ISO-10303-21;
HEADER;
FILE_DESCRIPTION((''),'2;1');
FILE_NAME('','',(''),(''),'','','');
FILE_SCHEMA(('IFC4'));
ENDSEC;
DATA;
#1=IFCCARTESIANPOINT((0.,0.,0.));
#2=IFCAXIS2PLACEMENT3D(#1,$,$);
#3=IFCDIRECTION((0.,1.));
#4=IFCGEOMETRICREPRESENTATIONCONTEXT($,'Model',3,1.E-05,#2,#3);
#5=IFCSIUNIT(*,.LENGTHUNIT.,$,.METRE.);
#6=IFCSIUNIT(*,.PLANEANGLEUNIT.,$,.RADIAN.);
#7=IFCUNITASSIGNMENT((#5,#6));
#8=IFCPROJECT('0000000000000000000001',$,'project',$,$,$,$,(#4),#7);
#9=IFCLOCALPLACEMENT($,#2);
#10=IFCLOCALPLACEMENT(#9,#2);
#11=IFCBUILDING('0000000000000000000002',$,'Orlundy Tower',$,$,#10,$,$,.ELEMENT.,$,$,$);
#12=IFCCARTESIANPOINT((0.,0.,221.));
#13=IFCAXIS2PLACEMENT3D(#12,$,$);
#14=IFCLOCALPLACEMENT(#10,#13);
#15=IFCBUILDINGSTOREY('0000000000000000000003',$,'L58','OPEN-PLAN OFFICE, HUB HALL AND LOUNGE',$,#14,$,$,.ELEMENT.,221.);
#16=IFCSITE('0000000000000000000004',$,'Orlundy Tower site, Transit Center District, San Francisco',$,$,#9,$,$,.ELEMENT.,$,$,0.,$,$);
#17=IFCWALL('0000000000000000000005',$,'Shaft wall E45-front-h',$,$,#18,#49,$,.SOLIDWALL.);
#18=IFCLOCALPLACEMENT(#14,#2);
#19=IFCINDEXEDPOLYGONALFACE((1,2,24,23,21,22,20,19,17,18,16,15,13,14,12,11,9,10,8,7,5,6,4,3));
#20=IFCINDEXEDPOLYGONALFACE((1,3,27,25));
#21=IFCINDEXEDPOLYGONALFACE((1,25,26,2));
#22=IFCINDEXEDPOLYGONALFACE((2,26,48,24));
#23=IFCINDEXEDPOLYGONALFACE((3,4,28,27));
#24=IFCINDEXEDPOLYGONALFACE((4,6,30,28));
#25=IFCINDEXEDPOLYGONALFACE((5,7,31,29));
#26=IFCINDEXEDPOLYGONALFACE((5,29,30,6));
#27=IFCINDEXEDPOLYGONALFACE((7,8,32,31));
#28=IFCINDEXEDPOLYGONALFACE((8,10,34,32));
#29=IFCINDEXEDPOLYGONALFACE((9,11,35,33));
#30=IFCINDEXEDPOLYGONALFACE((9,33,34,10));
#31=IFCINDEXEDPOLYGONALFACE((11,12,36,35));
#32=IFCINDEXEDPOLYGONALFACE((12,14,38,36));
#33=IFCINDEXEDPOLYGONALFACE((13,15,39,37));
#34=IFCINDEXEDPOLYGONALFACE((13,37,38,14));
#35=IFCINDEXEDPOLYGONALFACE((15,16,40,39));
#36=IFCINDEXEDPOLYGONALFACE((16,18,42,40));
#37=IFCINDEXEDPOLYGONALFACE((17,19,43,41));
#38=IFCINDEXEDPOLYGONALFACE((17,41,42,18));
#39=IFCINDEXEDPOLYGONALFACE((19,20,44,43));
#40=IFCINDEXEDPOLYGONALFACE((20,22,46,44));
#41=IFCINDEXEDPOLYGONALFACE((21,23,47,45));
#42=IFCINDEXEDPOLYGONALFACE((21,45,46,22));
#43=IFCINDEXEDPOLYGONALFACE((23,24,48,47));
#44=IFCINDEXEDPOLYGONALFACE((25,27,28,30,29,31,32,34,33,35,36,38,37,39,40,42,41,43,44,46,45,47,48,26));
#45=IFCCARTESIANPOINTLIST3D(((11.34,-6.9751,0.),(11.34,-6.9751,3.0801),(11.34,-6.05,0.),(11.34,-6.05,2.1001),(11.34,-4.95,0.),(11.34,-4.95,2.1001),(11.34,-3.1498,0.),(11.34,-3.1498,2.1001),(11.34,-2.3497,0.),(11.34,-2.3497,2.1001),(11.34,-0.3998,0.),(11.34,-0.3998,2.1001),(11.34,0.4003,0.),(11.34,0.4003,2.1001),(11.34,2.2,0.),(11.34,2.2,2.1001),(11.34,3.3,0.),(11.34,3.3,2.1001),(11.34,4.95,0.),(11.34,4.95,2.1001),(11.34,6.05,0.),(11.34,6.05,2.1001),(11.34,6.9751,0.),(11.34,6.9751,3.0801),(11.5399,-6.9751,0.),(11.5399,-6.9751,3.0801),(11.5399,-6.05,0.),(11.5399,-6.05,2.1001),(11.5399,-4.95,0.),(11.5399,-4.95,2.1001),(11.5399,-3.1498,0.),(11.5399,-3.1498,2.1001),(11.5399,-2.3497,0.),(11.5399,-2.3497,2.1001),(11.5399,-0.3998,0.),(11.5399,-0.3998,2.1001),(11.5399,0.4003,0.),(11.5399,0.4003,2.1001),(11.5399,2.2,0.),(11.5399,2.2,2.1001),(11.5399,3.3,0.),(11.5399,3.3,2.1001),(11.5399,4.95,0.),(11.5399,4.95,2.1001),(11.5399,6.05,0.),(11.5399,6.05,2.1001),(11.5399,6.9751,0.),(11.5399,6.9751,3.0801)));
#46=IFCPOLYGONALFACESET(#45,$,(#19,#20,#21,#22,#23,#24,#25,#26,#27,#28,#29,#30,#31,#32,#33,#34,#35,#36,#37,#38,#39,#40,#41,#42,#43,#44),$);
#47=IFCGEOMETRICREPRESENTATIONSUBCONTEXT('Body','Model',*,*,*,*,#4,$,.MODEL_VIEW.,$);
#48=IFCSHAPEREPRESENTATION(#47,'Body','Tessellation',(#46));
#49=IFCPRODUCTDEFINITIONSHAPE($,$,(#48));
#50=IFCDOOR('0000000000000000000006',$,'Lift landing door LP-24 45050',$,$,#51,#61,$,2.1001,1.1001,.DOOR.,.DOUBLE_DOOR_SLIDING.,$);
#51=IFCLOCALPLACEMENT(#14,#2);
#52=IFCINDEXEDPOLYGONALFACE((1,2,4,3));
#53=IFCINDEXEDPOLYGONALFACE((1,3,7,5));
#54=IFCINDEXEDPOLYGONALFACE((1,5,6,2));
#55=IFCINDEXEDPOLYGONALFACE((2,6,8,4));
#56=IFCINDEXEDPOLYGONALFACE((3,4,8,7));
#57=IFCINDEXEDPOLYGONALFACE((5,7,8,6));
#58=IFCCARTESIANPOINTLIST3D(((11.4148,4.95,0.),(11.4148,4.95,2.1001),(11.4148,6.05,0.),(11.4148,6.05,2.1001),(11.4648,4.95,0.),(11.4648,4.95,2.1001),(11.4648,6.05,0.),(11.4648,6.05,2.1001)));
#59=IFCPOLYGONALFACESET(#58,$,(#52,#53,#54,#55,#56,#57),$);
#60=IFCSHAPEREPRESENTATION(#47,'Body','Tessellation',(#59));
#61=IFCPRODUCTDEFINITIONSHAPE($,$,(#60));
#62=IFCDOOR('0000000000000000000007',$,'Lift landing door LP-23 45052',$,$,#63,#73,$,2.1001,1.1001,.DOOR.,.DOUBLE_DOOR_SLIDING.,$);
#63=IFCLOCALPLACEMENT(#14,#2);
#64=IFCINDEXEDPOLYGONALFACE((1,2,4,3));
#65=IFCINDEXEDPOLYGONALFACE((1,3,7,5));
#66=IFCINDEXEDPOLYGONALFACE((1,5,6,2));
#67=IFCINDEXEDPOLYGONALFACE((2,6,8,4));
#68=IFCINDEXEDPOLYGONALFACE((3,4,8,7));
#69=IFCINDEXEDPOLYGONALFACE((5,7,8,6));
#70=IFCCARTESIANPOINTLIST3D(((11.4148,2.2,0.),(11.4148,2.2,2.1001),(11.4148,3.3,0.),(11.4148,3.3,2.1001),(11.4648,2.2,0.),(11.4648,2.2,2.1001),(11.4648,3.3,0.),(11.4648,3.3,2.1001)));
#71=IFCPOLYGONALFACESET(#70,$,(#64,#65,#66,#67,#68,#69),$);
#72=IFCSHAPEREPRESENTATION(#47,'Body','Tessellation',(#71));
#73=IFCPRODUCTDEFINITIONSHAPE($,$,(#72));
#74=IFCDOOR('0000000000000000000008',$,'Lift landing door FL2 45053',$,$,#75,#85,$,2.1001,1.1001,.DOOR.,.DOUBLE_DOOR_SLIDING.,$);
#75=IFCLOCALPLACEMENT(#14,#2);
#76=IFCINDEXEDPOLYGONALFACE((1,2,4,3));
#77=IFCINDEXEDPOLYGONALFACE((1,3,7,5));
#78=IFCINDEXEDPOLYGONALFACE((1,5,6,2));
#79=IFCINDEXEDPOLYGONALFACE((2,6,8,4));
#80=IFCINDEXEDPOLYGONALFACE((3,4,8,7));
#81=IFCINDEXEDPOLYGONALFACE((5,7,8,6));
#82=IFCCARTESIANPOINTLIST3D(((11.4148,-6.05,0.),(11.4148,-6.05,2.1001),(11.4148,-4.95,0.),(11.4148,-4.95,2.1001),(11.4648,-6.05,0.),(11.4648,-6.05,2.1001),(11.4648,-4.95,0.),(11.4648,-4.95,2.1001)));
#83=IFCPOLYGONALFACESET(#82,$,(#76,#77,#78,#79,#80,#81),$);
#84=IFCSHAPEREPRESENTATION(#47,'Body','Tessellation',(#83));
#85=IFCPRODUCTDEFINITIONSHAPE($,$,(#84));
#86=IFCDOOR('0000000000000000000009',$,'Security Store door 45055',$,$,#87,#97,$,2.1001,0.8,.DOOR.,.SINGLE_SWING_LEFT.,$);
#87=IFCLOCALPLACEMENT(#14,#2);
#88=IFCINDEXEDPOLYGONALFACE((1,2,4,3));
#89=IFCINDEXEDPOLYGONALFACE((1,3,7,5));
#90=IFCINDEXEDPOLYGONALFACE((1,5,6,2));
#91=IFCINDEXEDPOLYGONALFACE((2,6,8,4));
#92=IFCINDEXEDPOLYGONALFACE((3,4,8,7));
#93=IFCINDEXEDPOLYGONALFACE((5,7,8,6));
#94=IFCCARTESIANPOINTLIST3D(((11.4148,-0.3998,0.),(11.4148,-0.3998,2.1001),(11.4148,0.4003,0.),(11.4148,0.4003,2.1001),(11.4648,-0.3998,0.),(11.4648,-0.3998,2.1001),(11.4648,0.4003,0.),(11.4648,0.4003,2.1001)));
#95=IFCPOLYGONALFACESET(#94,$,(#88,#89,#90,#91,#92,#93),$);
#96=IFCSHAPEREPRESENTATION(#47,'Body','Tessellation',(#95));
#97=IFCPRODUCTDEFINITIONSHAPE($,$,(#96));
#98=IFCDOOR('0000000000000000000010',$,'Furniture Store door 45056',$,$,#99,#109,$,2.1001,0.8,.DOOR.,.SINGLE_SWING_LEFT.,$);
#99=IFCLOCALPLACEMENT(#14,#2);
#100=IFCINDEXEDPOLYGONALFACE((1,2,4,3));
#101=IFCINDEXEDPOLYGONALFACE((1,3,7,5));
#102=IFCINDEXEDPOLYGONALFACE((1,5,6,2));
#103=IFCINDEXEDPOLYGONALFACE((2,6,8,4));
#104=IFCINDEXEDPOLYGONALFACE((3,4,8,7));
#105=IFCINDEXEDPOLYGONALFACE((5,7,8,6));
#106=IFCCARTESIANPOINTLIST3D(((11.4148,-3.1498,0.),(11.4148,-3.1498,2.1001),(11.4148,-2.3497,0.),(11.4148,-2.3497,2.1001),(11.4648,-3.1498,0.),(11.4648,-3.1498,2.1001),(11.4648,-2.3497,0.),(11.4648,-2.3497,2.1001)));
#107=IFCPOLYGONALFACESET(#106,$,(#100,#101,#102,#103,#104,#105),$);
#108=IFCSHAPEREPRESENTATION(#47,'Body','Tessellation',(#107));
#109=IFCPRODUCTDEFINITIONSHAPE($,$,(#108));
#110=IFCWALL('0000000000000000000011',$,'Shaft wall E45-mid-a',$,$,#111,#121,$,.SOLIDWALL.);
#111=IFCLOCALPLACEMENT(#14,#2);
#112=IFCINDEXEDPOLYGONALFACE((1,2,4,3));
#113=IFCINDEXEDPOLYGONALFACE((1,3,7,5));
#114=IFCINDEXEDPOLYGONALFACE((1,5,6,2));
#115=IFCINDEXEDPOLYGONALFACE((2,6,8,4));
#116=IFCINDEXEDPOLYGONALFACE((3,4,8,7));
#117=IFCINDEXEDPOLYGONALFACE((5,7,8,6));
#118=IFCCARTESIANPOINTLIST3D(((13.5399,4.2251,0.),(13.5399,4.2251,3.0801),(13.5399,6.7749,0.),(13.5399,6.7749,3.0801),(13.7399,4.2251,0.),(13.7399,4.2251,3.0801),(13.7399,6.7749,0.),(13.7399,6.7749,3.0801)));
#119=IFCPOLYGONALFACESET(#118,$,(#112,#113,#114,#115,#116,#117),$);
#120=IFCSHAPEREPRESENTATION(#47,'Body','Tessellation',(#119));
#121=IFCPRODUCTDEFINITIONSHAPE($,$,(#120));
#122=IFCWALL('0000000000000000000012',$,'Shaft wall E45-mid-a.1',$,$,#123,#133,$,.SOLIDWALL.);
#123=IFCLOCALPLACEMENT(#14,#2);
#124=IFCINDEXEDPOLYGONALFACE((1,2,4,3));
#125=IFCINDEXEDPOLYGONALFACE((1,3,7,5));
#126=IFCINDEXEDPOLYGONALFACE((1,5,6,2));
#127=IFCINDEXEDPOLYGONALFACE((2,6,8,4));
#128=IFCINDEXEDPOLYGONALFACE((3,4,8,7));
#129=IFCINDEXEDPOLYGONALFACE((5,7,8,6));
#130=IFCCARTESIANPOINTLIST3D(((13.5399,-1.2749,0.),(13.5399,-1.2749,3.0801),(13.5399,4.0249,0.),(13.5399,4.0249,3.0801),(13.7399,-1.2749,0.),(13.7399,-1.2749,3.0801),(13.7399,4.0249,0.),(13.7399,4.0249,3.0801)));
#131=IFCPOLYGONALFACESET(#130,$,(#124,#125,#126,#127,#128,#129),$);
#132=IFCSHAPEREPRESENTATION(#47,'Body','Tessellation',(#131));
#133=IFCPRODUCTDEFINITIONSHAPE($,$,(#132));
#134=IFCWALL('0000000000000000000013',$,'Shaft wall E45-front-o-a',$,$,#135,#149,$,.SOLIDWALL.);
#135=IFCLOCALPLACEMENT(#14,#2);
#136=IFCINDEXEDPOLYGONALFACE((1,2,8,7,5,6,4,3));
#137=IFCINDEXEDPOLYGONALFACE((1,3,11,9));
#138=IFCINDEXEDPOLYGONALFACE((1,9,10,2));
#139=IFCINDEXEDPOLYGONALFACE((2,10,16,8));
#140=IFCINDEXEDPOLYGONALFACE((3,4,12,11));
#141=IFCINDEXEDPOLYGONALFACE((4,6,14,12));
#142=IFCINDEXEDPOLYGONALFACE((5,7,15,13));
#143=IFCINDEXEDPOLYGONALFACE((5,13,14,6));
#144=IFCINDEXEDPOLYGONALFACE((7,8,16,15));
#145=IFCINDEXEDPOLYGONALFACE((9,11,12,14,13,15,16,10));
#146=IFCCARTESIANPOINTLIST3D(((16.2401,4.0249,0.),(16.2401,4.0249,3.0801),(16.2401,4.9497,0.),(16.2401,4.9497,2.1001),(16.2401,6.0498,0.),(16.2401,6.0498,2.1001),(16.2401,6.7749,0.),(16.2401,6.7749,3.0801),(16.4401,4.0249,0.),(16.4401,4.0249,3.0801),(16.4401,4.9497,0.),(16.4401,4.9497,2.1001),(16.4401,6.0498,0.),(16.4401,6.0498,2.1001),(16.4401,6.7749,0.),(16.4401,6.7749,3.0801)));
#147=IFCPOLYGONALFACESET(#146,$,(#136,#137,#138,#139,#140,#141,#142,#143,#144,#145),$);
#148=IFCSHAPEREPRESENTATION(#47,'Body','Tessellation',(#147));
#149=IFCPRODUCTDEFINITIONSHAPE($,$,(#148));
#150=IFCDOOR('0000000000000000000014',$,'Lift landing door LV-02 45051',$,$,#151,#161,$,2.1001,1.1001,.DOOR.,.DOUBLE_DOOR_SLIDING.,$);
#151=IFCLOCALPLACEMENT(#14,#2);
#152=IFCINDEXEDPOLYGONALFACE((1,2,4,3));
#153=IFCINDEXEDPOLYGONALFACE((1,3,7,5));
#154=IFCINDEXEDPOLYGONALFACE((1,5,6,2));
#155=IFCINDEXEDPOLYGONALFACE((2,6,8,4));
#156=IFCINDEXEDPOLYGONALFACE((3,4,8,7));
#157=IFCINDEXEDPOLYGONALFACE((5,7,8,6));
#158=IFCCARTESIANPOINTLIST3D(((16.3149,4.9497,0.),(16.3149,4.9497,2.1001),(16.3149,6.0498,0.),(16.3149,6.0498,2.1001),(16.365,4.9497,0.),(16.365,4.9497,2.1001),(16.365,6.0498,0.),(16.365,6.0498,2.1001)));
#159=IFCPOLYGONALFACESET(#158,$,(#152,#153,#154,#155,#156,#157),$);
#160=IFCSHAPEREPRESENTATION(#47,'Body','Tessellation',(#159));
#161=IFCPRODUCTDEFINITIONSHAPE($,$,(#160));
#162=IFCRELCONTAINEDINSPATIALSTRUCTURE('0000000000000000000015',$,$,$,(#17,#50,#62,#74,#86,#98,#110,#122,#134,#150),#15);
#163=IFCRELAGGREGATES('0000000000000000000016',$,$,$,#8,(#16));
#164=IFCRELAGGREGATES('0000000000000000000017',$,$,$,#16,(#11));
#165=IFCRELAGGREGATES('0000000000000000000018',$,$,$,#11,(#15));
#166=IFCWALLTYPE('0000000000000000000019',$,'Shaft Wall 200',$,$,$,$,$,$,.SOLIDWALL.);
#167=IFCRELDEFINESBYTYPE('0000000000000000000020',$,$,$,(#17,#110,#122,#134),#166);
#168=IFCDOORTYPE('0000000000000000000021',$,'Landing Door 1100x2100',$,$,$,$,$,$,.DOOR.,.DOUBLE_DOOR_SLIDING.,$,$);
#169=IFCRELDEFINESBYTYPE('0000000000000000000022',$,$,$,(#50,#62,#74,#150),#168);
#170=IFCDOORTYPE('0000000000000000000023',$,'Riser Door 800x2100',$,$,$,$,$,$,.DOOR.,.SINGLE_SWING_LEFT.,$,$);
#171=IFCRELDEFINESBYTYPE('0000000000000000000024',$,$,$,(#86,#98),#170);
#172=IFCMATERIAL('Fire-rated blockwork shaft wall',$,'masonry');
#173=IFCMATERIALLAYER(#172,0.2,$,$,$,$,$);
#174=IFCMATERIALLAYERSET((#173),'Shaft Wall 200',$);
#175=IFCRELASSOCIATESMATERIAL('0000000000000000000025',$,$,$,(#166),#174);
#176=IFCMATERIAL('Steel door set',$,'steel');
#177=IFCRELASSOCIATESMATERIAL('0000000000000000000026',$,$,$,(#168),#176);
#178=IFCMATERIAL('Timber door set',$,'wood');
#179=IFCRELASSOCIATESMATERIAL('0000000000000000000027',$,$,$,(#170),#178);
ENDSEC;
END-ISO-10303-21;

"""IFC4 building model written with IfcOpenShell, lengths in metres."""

from ifc_helpers import new_model, si_unit, direction, frame, frame_2d, origin, place, context, subcontext, project, spatial, rectangle, extrude, material, layer, layer_set, type_object, element, fill, save


model = new_model("IFC4")

# Units and contexts
model_context = context("Model", 3, precision=1e-05, world=origin(), true_north=direction((0.0, 1.0)))
body_context = subcontext(model_context, "Body", "Model", "MODEL_VIEW")
ifc_project = project(units=[si_unit("LENGTHUNIT", "METRE"), si_unit("PLANEANGLEUNIT", "RADIAN")], contexts=[model_context])

# Site, building, storey
site_placement = place(None, origin())
site = spatial("IfcSite", under=ifc_project, at=site_placement, Name="Orlundy Tower site, Transit Center District, San Francisco", CompositionType="ELEMENT", RefElevation=0.0)
building_placement = place(site_placement, origin())
building = spatial("IfcBuilding", under=site, at=building_placement, Name="Orlundy Tower", CompositionType="ELEMENT")
storey_placement = place(building_placement, frame((0.0, 0.0, 221.0)))
storey = spatial("IfcBuildingStorey", under=building, at=storey_placement, Name="L58", Description="OPEN-PLAN OFFICE, HUB HALL AND LOUNGE", CompositionType="ELEMENT", Elevation=221.0)

# Shared definitions
ifc_material_1 = material(Name="Fire-rated blockwork shaft wall", Category="masonry")
ifc_layer_1 = layer(ifc_material_1, 0.2)
ifc_layer_set_1 = layer_set([ifc_layer_1], Name="Shaft Wall 200")
wall_type_1 = type_object("IfcWallType", Name="Shaft Wall 200", PredefinedType="SOLIDWALL", material=ifc_layer_set_1)

# Wall, openings, doors
wall_1_placement = place(storey_placement, frame((11.4399, 6.9751, 0.0), z_axis=(0.0, 0.0, 1.0), x_axis=(0.0, -1.0, 0.0)))
wall_1 = element("IfcWall", 1, at=wall_1_placement, inside=storey, type_object=wall_type_1, Name="Shaft wall E45-front-h", PredefinedType="SOLIDWALL", context=body_context, shape_type="SweptSolid", body=[
    extrude(rectangle(XDim=13.9502, YDim=0.2, at=frame_2d((6.9751, 0.0))), origin(), (0.0, 0.0, 1.0), 3.0801),
])
opening_1_placement = place(wall_1_placement, frame((0.925, 0.0, 0.0)))
opening_1 = element("IfcOpeningElement", 2, at=opening_1_placement, cuts=wall_1, PredefinedType="OPENING", context=body_context, shape_type="SweptSolid", body=[
    extrude(rectangle(XDim=1.1001, YDim=2.1001, at=frame_2d((0.55, 1.05))), frame((0.0, 0.1101, 0.0), z_axis=(0.0, -1.0, 0.0), x_axis=(1.0, 0.0, 0.0)), (0.0, 0.0, 1.0), 0.2202),
])
opening_2_placement = place(wall_1_placement, frame((3.675, 0.0, 0.0)))
opening_2 = element("IfcOpeningElement", 3, at=opening_2_placement, cuts=wall_1, PredefinedType="OPENING", context=body_context, shape_type="SweptSolid", body=[
    extrude(rectangle(XDim=1.1001, YDim=2.1001, at=frame_2d((0.55, 1.05))), frame((0.0, 0.1101, 0.0), z_axis=(0.0, -1.0, 0.0), x_axis=(1.0, 0.0, 0.0)), (0.0, 0.0, 1.0), 0.2202),
])
opening_3_placement = place(wall_1_placement, frame((11.925, 0.0, 0.0)))
opening_3 = element("IfcOpeningElement", 4, at=opening_3_placement, cuts=wall_1, PredefinedType="OPENING", context=body_context, shape_type="SweptSolid", body=[
    extrude(rectangle(XDim=1.1001, YDim=2.1001, at=frame_2d((0.55, 1.05))), frame((0.0, 0.1101, 0.0), z_axis=(0.0, -1.0, 0.0), x_axis=(1.0, 0.0, 0.0)), (0.0, 0.0, 1.0), 0.2202),
])
opening_4_placement = place(wall_1_placement, frame((6.575, 0.0, 0.0)))
opening_4 = element("IfcOpeningElement", 5, at=opening_4_placement, cuts=wall_1, PredefinedType="OPENING", context=body_context, shape_type="SweptSolid", body=[
    extrude(rectangle(XDim=0.8, YDim=2.1001, at=frame_2d((0.3999, 1.05))), frame((0.0, 0.1101, 0.0), z_axis=(0.0, -1.0, 0.0), x_axis=(1.0, 0.0, 0.0)), (0.0, 0.0, 1.0), 0.2202),
])
opening_5_placement = place(wall_1_placement, frame((9.325, 0.0, 0.0)))
opening_5 = element("IfcOpeningElement", 6, at=opening_5_placement, cuts=wall_1, PredefinedType="OPENING", context=body_context, shape_type="SweptSolid", body=[
    extrude(rectangle(XDim=0.8, YDim=2.1001, at=frame_2d((0.3999, 1.05))), frame((0.0, 0.1101, 0.0), z_axis=(0.0, -1.0, 0.0), x_axis=(1.0, 0.0, 0.0)), (0.0, 0.0, 1.0), 0.2202),
])
ifc_material_2 = material(Name="Steel door set", Category="steel")
door_type_1 = type_object("IfcDoorType", Name="Landing Door 1100x2100", OperationType="DOUBLE_DOOR_SLIDING", PredefinedType="DOOR", material=ifc_material_2)
door_1_placement = place(opening_1_placement, origin())
door_1 = element("IfcDoor", 7, at=door_1_placement, inside=storey, type_object=door_type_1, Name="Lift landing door LP-24 45050", OperationType="DOUBLE_DOOR_SLIDING", OverallHeight=2.1001, OverallWidth=1.1001, PredefinedType="DOOR", context=body_context, shape_type="SweptSolid", body=[
    extrude(rectangle(XDim=1.1001, YDim=2.1001, at=frame_2d((0.55, 1.05))), frame((0.0, 0.0249, 0.0), z_axis=(0.0, -1.0, 0.0), x_axis=(1.0, 0.0, 0.0)), (0.0, 0.0, 1.0), 0.05),
])
fill(opening_1, door_1)
door_2_placement = place(opening_2_placement, origin())
door_2 = element("IfcDoor", 8, at=door_2_placement, inside=storey, type_object=door_type_1, Name="Lift landing door LP-23 45052", OperationType="DOUBLE_DOOR_SLIDING", OverallHeight=2.1001, OverallWidth=1.1001, PredefinedType="DOOR", context=body_context, shape_type="SweptSolid", body=[
    extrude(rectangle(XDim=1.1001, YDim=2.1001, at=frame_2d((0.55, 1.05))), frame((0.0, 0.0249, 0.0), z_axis=(0.0, -1.0, 0.0), x_axis=(1.0, 0.0, 0.0)), (0.0, 0.0, 1.0), 0.05),
])
fill(opening_2, door_2)
door_3_placement = place(opening_3_placement, origin())
door_3 = element("IfcDoor", 9, at=door_3_placement, inside=storey, type_object=door_type_1, Name="Lift landing door FL2 45053", OperationType="DOUBLE_DOOR_SLIDING", OverallHeight=2.1001, OverallWidth=1.1001, PredefinedType="DOOR", context=body_context, shape_type="SweptSolid", body=[
    extrude(rectangle(XDim=1.1001, YDim=2.1001, at=frame_2d((0.55, 1.05))), frame((0.0, 0.0249, 0.0), z_axis=(0.0, -1.0, 0.0), x_axis=(1.0, 0.0, 0.0)), (0.0, 0.0, 1.0), 0.05),
])
fill(opening_3, door_3)
ifc_material_3 = material(Name="Timber door set", Category="wood")
door_type_2 = type_object("IfcDoorType", Name="Riser Door 800x2100", OperationType="SINGLE_SWING_LEFT", PredefinedType="DOOR", material=ifc_material_3)
door_4_placement = place(opening_4_placement, origin())
door_4 = element("IfcDoor", 10, at=door_4_placement, inside=storey, type_object=door_type_2, Name="Security Store door 45055", OperationType="SINGLE_SWING_LEFT", OverallHeight=2.1001, OverallWidth=0.8, PredefinedType="DOOR", context=body_context, shape_type="SweptSolid", body=[
    extrude(rectangle(XDim=0.8, YDim=2.1001, at=frame_2d((0.3999, 1.05))), frame((0.0, 0.0249, 0.0), z_axis=(0.0, -1.0, 0.0), x_axis=(1.0, 0.0, 0.0)), (0.0, 0.0, 1.0), 0.05),
])
fill(opening_4, door_4)
door_5_placement = place(opening_5_placement, origin())
door_5 = element("IfcDoor", 11, at=door_5_placement, inside=storey, type_object=door_type_2, Name="Furniture Store door 45056", OperationType="SINGLE_SWING_LEFT", OverallHeight=2.1001, OverallWidth=0.8, PredefinedType="DOOR", context=body_context, shape_type="SweptSolid", body=[
    extrude(rectangle(XDim=0.8, YDim=2.1001, at=frame_2d((0.3999, 1.05))), frame((0.0, 0.0249, 0.0), z_axis=(0.0, -1.0, 0.0), x_axis=(1.0, 0.0, 0.0)), (0.0, 0.0, 1.0), 0.05),
])
fill(opening_5, door_5)

# Walls
wall_2_placement = place(storey_placement, frame((13.6399, 6.7749, 0.0), z_axis=(0.0, 0.0, 1.0), x_axis=(0.0, -1.0, 0.0)))
element("IfcWall", 12, at=wall_2_placement, inside=storey, type_object=wall_type_1, Name="Shaft wall E45-mid-a", PredefinedType="SOLIDWALL", context=body_context, shape_type="SweptSolid", body=[
    extrude(rectangle(XDim=2.5498, YDim=0.2, at=frame_2d((1.2749, 0.0))), origin(), (0.0, 0.0, 1.0), 3.0801),
])
wall_3_placement = place(storey_placement, frame((13.6399, 4.0249, 0.0), z_axis=(0.0, 0.0, 1.0), x_axis=(0.0, -1.0, 0.0)))
element("IfcWall", 13, at=wall_3_placement, inside=storey, type_object=wall_type_1, Name="Shaft wall E45-mid-a.1", PredefinedType="SOLIDWALL", context=body_context, shape_type="SweptSolid", body=[
    extrude(rectangle(XDim=5.2998, YDim=0.2, at=frame_2d((2.6499, 0.0))), origin(), (0.0, 0.0, 1.0), 3.0801),
])

# Wall, opening, door
wall_4_placement = place(storey_placement, frame((16.3401, 6.7749, 0.0), z_axis=(0.0, 0.0, 1.0), x_axis=(0.0, -1.0, 0.0)))
wall_4 = element("IfcWall", 14, at=wall_4_placement, inside=storey, type_object=wall_type_1, Name="Shaft wall E45-front-o-a", PredefinedType="SOLIDWALL", context=body_context, shape_type="SweptSolid", body=[
    extrude(rectangle(XDim=2.75, YDim=0.2, at=frame_2d((1.375, 0.0))), origin(), (0.0, 0.0, 1.0), 3.0801),
])
opening_6_placement = place(wall_4_placement, frame((0.7251, 0.0, 0.0)))
opening_6 = element("IfcOpeningElement", 15, at=opening_6_placement, cuts=wall_4, PredefinedType="OPENING", context=body_context, shape_type="SweptSolid", body=[
    extrude(rectangle(XDim=1.1001, YDim=2.1001, at=frame_2d((0.55, 1.05))), frame((0.0, 0.1101, 0.0), z_axis=(0.0, -1.0, 0.0), x_axis=(1.0, 0.0, 0.0)), (0.0, 0.0, 1.0), 0.2202),
])
door_6_placement = place(opening_6_placement, origin())
door_6 = element("IfcDoor", 16, at=door_6_placement, inside=storey, type_object=door_type_1, Name="Lift landing door LV-02 45051", OperationType="DOUBLE_DOOR_SLIDING", OverallHeight=2.1001, OverallWidth=1.1001, PredefinedType="DOOR", context=body_context, shape_type="SweptSolid", body=[
    extrude(rectangle(XDim=1.1001, YDim=2.1001, at=frame_2d((0.55, 1.05))), frame((0.0, 0.0249, 0.0), z_axis=(0.0, -1.0, 0.0), x_axis=(1.0, 0.0, 0.0)), (0.0, 0.0, 1.0), 0.05),
])
fill(opening_6, door_6)

save(model, "model.ifc")
